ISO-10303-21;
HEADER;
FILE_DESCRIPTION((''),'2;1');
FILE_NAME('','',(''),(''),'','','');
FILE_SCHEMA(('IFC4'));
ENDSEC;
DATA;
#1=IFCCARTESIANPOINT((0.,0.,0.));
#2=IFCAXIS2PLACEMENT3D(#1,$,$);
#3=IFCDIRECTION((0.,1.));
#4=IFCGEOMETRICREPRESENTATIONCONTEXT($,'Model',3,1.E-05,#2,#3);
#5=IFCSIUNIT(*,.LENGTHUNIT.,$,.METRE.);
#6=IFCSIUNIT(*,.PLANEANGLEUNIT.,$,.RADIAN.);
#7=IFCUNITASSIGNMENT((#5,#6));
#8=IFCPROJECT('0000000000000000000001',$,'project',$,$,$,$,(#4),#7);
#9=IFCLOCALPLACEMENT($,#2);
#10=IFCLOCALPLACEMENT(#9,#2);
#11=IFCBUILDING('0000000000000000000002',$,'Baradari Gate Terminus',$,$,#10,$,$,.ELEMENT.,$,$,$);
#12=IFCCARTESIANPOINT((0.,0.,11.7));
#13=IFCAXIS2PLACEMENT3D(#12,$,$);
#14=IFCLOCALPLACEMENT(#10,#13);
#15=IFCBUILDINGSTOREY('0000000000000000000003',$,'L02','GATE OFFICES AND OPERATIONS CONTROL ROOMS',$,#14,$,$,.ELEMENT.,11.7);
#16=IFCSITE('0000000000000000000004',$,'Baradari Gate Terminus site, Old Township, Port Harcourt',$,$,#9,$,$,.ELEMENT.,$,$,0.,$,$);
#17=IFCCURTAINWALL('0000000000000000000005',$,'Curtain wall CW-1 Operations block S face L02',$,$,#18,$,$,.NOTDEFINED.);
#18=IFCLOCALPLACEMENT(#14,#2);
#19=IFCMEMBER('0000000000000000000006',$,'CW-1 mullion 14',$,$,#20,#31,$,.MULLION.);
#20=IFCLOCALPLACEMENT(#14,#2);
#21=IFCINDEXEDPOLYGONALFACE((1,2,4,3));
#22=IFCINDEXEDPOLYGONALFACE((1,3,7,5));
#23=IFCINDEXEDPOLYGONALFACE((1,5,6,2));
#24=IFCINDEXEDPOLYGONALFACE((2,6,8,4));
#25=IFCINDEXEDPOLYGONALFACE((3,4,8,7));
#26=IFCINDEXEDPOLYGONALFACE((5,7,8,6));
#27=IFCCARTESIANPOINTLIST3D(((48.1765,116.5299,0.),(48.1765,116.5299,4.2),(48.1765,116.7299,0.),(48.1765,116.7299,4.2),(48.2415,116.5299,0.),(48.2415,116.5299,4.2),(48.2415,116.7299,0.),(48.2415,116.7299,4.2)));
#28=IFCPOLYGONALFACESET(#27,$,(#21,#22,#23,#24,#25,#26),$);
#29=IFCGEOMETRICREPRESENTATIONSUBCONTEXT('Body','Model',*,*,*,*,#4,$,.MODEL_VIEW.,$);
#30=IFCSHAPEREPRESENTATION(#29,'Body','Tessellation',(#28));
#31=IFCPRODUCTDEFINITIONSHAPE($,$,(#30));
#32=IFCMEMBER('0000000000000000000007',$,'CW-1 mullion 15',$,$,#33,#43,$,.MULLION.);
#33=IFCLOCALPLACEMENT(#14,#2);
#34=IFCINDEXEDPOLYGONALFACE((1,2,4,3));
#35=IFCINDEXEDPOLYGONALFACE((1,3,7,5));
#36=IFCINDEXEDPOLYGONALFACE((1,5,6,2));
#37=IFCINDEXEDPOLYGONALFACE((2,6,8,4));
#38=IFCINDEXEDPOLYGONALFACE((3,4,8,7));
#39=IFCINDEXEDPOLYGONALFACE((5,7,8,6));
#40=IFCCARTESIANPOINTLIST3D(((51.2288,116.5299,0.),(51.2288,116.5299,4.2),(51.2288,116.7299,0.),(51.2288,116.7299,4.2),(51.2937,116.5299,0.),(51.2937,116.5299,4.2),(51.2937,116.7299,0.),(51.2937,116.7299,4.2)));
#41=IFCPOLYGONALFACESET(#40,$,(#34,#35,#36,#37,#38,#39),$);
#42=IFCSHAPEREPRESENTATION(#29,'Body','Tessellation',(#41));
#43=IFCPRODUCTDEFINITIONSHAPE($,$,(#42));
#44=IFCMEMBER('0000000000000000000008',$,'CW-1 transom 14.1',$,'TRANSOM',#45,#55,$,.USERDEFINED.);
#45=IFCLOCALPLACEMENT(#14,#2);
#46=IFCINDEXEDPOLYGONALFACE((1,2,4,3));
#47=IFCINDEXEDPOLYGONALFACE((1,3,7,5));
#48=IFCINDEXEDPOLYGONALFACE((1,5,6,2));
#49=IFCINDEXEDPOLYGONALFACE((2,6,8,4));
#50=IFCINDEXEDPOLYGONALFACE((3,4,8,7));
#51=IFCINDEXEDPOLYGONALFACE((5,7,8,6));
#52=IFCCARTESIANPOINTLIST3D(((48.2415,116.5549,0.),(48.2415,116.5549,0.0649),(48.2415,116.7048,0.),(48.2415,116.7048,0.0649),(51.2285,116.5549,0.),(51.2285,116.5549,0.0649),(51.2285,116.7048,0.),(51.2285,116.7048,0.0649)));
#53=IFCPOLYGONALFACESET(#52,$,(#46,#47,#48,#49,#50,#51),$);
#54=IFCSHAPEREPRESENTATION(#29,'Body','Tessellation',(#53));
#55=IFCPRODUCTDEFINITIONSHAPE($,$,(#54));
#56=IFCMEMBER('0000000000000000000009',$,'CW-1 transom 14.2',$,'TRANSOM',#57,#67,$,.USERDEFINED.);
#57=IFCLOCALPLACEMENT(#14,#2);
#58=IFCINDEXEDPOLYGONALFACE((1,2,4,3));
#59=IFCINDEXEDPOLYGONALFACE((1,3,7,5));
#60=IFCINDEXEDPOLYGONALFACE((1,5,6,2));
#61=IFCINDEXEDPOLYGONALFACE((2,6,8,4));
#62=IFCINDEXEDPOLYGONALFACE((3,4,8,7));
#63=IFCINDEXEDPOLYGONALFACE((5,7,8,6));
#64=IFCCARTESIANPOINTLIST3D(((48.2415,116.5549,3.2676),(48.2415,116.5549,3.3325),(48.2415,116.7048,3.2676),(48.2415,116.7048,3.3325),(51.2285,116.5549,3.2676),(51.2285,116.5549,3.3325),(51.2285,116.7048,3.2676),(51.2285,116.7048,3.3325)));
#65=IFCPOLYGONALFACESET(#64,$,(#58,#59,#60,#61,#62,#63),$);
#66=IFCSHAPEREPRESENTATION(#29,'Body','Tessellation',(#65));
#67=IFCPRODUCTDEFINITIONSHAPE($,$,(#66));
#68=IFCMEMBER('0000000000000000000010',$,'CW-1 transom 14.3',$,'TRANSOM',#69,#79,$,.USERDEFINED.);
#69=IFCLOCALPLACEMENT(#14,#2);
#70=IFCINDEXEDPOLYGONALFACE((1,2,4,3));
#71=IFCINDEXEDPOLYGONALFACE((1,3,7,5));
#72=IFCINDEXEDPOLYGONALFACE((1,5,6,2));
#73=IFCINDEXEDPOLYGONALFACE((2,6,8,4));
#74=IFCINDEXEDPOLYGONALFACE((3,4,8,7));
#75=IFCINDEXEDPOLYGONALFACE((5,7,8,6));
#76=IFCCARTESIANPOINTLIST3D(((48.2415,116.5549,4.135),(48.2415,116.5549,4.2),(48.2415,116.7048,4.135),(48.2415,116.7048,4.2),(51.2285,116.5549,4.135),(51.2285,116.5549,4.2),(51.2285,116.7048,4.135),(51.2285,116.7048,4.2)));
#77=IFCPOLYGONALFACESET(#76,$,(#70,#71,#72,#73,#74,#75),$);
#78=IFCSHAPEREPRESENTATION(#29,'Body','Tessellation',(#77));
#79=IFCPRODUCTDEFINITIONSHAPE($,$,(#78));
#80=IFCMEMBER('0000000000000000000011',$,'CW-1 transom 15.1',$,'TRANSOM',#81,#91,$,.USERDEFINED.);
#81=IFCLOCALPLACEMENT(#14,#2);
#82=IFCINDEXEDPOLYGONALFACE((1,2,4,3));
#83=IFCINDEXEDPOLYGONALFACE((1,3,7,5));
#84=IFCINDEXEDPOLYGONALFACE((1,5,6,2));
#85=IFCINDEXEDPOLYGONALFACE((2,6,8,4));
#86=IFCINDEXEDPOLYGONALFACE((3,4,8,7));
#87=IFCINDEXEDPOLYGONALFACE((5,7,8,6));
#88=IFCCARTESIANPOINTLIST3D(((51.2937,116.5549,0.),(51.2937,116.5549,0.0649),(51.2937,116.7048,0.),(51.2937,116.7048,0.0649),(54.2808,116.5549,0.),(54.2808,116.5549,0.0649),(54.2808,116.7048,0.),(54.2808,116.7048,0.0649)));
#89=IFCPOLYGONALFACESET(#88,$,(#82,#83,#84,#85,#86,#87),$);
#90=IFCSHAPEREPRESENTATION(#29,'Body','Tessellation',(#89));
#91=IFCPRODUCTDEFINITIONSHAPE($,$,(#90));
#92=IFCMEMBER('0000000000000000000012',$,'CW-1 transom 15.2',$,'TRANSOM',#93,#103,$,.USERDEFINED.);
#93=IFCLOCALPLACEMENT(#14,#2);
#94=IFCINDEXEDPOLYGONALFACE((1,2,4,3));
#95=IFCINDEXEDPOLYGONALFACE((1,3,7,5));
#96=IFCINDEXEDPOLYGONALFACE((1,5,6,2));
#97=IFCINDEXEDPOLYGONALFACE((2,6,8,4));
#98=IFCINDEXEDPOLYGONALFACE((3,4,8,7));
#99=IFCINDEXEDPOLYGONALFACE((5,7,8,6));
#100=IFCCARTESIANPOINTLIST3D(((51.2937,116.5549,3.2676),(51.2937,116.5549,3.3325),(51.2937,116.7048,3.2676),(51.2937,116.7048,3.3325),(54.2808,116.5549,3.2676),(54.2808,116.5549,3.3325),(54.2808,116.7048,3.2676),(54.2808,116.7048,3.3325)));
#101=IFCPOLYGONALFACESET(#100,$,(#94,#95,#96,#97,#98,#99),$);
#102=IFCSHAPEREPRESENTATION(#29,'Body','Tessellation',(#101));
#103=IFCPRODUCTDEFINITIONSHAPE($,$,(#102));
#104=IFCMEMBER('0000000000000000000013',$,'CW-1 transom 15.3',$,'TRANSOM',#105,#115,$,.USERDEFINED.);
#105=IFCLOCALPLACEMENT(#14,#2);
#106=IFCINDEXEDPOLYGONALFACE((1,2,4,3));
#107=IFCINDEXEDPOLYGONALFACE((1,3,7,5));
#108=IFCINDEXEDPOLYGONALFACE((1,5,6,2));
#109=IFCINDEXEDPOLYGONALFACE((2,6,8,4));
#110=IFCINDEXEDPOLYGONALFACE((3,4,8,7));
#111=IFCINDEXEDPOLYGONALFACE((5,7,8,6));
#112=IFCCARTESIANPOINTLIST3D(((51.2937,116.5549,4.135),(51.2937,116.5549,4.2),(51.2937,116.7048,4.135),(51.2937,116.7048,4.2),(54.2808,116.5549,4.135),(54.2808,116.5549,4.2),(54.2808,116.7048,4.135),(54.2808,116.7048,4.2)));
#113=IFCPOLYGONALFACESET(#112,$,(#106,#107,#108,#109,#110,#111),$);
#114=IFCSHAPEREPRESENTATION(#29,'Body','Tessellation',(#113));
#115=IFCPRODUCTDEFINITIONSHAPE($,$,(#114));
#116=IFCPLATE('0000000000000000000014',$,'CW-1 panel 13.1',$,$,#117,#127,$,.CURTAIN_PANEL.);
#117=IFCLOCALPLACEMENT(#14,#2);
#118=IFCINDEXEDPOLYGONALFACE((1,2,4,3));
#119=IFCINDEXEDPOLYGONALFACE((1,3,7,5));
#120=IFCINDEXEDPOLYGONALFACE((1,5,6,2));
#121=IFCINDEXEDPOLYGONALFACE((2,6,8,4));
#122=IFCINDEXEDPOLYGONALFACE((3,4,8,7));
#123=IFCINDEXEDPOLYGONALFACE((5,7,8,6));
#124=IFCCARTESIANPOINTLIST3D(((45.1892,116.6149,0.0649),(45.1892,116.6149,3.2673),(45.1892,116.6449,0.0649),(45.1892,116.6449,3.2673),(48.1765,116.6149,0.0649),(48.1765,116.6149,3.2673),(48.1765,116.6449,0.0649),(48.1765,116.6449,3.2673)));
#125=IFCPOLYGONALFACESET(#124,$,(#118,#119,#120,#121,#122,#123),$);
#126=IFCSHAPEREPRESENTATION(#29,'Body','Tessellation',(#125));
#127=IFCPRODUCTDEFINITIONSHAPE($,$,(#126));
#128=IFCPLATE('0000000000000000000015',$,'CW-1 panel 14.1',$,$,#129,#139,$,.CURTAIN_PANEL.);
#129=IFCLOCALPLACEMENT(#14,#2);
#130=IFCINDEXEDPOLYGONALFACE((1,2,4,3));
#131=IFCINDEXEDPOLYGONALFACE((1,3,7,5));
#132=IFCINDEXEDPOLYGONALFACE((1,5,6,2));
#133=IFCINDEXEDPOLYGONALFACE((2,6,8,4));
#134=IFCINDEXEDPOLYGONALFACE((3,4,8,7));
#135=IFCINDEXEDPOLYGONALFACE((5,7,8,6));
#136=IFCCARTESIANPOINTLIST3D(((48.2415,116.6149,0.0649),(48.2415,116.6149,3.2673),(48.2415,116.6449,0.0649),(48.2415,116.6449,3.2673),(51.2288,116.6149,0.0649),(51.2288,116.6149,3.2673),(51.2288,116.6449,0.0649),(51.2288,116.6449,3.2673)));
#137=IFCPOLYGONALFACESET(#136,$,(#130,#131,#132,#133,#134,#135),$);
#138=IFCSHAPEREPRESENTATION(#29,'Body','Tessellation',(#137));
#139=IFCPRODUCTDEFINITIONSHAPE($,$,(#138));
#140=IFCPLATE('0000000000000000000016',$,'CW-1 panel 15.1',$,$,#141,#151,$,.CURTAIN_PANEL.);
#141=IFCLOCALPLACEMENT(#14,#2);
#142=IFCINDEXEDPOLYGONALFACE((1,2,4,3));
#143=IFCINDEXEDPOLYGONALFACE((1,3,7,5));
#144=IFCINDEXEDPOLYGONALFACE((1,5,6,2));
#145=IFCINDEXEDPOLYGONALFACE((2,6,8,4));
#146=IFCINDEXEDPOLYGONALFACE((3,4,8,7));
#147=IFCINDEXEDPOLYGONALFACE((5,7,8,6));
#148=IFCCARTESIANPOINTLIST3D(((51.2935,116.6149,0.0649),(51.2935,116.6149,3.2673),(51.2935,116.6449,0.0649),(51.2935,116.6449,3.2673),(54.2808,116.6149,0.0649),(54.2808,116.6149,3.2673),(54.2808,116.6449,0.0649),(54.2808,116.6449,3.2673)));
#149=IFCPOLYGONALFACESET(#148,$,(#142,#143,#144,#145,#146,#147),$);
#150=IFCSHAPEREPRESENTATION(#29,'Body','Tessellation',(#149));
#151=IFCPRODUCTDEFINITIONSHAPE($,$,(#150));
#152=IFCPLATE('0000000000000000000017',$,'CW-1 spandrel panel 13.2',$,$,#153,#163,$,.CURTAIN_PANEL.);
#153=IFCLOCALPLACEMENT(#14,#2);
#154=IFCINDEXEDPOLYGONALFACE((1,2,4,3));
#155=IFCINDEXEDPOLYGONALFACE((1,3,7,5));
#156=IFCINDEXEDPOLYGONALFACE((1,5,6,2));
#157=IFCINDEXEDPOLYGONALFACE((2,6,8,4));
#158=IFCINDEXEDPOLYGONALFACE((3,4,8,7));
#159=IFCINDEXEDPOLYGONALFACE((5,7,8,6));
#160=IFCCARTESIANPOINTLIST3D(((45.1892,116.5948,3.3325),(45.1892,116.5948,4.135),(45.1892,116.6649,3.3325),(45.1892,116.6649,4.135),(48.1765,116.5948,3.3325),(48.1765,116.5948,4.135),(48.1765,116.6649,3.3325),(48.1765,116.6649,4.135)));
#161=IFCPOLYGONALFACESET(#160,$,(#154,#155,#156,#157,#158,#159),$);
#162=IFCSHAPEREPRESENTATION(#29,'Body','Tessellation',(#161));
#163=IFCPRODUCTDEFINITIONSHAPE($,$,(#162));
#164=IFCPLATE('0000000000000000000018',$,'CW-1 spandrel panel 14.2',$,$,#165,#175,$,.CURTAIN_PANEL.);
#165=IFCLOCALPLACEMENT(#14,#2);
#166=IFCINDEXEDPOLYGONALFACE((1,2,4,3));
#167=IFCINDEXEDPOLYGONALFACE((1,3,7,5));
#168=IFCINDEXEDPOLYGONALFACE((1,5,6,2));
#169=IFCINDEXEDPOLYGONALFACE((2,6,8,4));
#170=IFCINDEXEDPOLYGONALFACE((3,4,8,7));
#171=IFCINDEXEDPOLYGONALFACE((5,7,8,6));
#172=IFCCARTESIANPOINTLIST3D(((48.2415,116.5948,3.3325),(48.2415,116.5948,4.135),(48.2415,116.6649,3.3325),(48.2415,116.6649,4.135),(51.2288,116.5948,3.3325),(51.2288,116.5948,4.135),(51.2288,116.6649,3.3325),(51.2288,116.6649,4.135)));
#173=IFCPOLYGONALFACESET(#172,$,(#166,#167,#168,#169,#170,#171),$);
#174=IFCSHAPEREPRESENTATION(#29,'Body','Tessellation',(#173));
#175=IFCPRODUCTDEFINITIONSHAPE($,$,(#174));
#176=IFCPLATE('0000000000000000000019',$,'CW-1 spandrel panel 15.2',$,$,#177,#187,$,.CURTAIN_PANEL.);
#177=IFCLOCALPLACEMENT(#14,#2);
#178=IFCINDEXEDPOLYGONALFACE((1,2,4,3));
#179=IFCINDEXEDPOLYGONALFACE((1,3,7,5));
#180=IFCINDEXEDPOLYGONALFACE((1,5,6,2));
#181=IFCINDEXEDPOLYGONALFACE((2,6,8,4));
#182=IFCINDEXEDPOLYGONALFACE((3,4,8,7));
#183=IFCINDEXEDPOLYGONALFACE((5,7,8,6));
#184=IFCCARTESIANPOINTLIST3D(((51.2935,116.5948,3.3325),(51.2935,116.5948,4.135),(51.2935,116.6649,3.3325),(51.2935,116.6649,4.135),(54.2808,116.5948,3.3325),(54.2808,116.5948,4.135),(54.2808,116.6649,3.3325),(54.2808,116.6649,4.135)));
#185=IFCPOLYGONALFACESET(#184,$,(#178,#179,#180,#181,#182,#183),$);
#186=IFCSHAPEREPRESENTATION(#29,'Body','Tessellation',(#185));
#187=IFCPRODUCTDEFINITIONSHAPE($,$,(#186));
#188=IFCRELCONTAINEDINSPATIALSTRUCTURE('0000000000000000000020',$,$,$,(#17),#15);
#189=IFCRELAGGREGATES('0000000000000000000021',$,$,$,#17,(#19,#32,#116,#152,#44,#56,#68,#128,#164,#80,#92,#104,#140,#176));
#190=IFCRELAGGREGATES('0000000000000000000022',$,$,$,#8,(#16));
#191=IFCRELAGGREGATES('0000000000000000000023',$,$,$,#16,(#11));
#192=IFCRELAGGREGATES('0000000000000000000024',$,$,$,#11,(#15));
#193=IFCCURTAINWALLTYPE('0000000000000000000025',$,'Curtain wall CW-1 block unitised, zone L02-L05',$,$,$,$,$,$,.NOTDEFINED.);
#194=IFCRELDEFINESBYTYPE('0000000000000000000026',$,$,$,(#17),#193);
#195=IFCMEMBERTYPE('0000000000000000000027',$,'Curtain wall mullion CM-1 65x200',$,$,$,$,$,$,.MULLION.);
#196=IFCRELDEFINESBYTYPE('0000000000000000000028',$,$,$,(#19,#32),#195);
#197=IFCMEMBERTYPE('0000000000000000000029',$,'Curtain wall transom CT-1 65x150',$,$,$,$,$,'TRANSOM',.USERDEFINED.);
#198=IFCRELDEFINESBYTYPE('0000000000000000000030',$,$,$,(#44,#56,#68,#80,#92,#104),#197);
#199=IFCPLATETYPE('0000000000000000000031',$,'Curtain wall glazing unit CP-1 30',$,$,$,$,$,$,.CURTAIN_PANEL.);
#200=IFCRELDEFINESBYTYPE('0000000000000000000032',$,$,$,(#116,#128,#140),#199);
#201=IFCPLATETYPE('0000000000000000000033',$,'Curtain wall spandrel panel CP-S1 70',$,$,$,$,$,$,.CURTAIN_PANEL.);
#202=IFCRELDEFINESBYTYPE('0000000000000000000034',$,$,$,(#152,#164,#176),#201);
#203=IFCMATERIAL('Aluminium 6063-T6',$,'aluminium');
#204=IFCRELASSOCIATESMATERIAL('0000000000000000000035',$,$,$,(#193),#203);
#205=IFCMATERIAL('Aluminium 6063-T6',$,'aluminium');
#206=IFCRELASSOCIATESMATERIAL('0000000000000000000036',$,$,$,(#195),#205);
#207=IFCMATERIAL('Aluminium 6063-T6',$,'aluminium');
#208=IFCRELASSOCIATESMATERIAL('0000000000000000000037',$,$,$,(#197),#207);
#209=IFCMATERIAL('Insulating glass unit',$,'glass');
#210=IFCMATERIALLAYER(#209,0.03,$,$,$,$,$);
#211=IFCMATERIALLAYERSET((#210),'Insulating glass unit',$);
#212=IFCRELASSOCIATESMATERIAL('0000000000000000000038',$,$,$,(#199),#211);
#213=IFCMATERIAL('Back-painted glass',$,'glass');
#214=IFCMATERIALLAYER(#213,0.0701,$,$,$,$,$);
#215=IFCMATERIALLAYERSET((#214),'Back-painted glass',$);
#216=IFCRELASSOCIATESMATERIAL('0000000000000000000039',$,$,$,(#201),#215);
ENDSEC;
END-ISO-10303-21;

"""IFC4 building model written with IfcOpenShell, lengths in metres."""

from ifc_helpers import new_model, si_unit, direction, frame, origin, origin_2d, place, context, subcontext, project, spatial, rectangle, extrude, material, layer, layer_set, material_profile, profile_set, type_object, element, aggregate, save


model = new_model("IFC4")

# Units and contexts
model_context = context("Model", 3, precision=1e-05, world=origin(), true_north=direction((0.0, 1.0)))
body_context = subcontext(model_context, "Body", "Model", "MODEL_VIEW")
ifc_project = project(units=[si_unit("LENGTHUNIT", "METRE"), si_unit("PLANEANGLEUNIT", "RADIAN")], contexts=[model_context])

# Site, building, storey
site_placement = place(None, origin())
site = spatial("IfcSite", under=ifc_project, at=site_placement, Name="Baradari Gate Terminus site, Old Township, Port Harcourt", CompositionType="ELEMENT", RefElevation=0.0)
building_placement = place(site_placement, origin())
building = spatial("IfcBuilding", under=site, at=building_placement, Name="Baradari Gate Terminus", CompositionType="ELEMENT")
storey_placement = place(building_placement, frame((0.0, 0.0, 11.7)))
storey = spatial("IfcBuildingStorey", under=building, at=storey_placement, Name="L02", Description="GATE OFFICES AND OPERATIONS CONTROL ROOMS", CompositionType="ELEMENT", Elevation=11.7)

# Curtain wall, members, plates
ifc_material_1 = material(Name="Aluminium 6063-T6", Category="aluminium")
curtain_wall_type = type_object("IfcCurtainWallType", Name="Curtain wall CW-1 block unitised, zone L02-L05", PredefinedType="NOTDEFINED", material=ifc_material_1)
curtain_wall_placement = place(storey_placement, origin())
curtain_wall = element("IfcCurtainWall", 1, at=curtain_wall_placement, inside=storey, type_object=curtain_wall_type, Name="Curtain wall CW-1 Operations block S face L02", PredefinedType="NOTDEFINED")
ifc_material_2 = material(Name="Aluminium 6063-T6", Category="aluminium")
ifc_material_profile_1 = material_profile(ifc_material_2, rectangle(XDim=0.2, YDim=0.0649, at=origin_2d()), Name="CM-1 65X200")
ifc_profile_set_1 = profile_set([ifc_material_profile_1], Name="Aluminium 6063-T6")
member_type_1 = type_object("IfcMemberType", Name="Curtain wall mullion CM-1 65x200", PredefinedType="MULLION", material=ifc_profile_set_1)
member_1_placement = place(storey_placement, frame((48.209, 116.6299, 0.0), z_axis=(0.0, 0.0, 1.0), x_axis=(0.0, 1.0, 0.0)))
member_1 = element("IfcMember", 2, at=member_1_placement, type_object=member_type_1, Name="CW-1 mullion 14", PredefinedType="MULLION", context=body_context, shape_type="SweptSolid", body=[
    extrude(rectangle(XDim=0.2, YDim=0.0649, at=origin_2d()), origin(), (0.0, 0.0, 1.0), 4.2),
])
member_2_placement = place(storey_placement, frame((51.2612, 116.6299, 0.0), z_axis=(0.0, 0.0, 1.0), x_axis=(0.0, 1.0, 0.0)))
member_2 = element("IfcMember", 3, at=member_2_placement, type_object=member_type_1, Name="CW-1 mullion 15", PredefinedType="MULLION", context=body_context, shape_type="SweptSolid", body=[
    extrude(rectangle(XDim=0.2, YDim=0.0649, at=origin_2d()), origin(), (0.0, 0.0, 1.0), 4.2),
])
ifc_material_3 = material(Name="Aluminium 6063-T6", Category="aluminium")
ifc_material_profile_2 = material_profile(ifc_material_3, rectangle(XDim=0.1499, YDim=0.0649, at=origin_2d()), Name="CT-1 65X150")
ifc_profile_set_2 = profile_set([ifc_material_profile_2], Name="Aluminium 6063-T6")
member_type_2 = type_object("IfcMemberType", Name="Curtain wall transom CT-1 65x150", ElementType="TRANSOM", PredefinedType="USERDEFINED", material=ifc_profile_set_2)
member_3_placement = place(storey_placement, frame((48.2415, 116.6299, 0.0325), z_axis=(1.0, 0.0, 0.0), x_axis=(0.0, 1.0, 0.0)))
member_3 = element("IfcMember", 4, at=member_3_placement, type_object=member_type_2, Name="CW-1 transom 14.1", ObjectType="TRANSOM", PredefinedType="USERDEFINED", context=body_context, shape_type="SweptSolid", body=[
    extrude(rectangle(XDim=0.1499, YDim=0.0649, at=origin_2d()), origin(), (0.0, 0.0, 1.0), 2.9871),
])
member_4_placement = place(storey_placement, frame((48.2415, 116.6299, 3.3), z_axis=(1.0, 0.0, 0.0), x_axis=(0.0, 1.0, 0.0)))
member_4 = element("IfcMember", 5, at=member_4_placement, type_object=member_type_2, Name="CW-1 transom 14.2", ObjectType="TRANSOM", PredefinedType="USERDEFINED", context=body_context, shape_type="SweptSolid", body=[
    extrude(rectangle(XDim=0.1499, YDim=0.0649, at=origin_2d()), origin(), (0.0, 0.0, 1.0), 2.9871),
])
member_5_placement = place(storey_placement, frame((48.2415, 116.6299, 4.1675), z_axis=(1.0, 0.0, 0.0), x_axis=(0.0, 1.0, 0.0)))
member_5 = element("IfcMember", 6, at=member_5_placement, type_object=member_type_2, Name="CW-1 transom 14.3", ObjectType="TRANSOM", PredefinedType="USERDEFINED", context=body_context, shape_type="SweptSolid", body=[
    extrude(rectangle(XDim=0.1499, YDim=0.0649, at=origin_2d()), origin(), (0.0, 0.0, 1.0), 2.9871),
])
member_6_placement = place(storey_placement, frame((51.2937, 116.6299, 0.0325), z_axis=(1.0, 0.0, 0.0), x_axis=(0.0, 1.0, 0.0)))
member_6 = element("IfcMember", 7, at=member_6_placement, type_object=member_type_2, Name="CW-1 transom 15.1", ObjectType="TRANSOM", PredefinedType="USERDEFINED", context=body_context, shape_type="SweptSolid", body=[
    extrude(rectangle(XDim=0.1499, YDim=0.0649, at=origin_2d()), origin(), (0.0, 0.0, 1.0), 2.9871),
])
member_7_placement = place(storey_placement, frame((51.2937, 116.6299, 3.3), z_axis=(1.0, 0.0, 0.0), x_axis=(0.0, 1.0, 0.0)))
member_7 = element("IfcMember", 8, at=member_7_placement, type_object=member_type_2, Name="CW-1 transom 15.2", ObjectType="TRANSOM", PredefinedType="USERDEFINED", context=body_context, shape_type="SweptSolid", body=[
    extrude(rectangle(XDim=0.1499, YDim=0.0649, at=origin_2d()), origin(), (0.0, 0.0, 1.0), 2.9871),
])
member_8_placement = place(storey_placement, frame((51.2937, 116.6299, 4.1675), z_axis=(1.0, 0.0, 0.0), x_axis=(0.0, 1.0, 0.0)))
member_8 = element("IfcMember", 9, at=member_8_placement, type_object=member_type_2, Name="CW-1 transom 15.3", ObjectType="TRANSOM", PredefinedType="USERDEFINED", context=body_context, shape_type="SweptSolid", body=[
    extrude(rectangle(XDim=0.1499, YDim=0.0649, at=origin_2d()), origin(), (0.0, 0.0, 1.0), 2.9871),
])
ifc_material_4 = material(Name="Insulating glass unit", Category="glass")
ifc_layer_1 = layer(ifc_material_4, 0.03)
ifc_layer_set_1 = layer_set([ifc_layer_1], Name="Insulating glass unit")
plate_type_1 = type_object("IfcPlateType", Name="Curtain wall glazing unit CP-1 30", PredefinedType="CURTAIN_PANEL", material=ifc_layer_set_1)
plate_1_placement = place(storey_placement, frame((46.6829, 116.6299, 0.0649), z_axis=(0.0, 0.0, 1.0), x_axis=(1.0, 0.0, 0.0)))
plate_1 = element("IfcPlate", 10, at=plate_1_placement, type_object=plate_type_1, Name="CW-1 panel 13.1", PredefinedType="CURTAIN_PANEL", context=body_context, shape_type="SweptSolid", body=[
    extrude(rectangle(XDim=2.9873, YDim=0.03, at=origin_2d()), origin(), (0.0, 0.0, 1.0), 3.2024),
])
plate_2_placement = place(storey_placement, frame((49.7351, 116.6299, 0.0649), z_axis=(0.0, 0.0, 1.0), x_axis=(1.0, 0.0, 0.0)))
plate_2 = element("IfcPlate", 11, at=plate_2_placement, type_object=plate_type_1, Name="CW-1 panel 14.1", PredefinedType="CURTAIN_PANEL", context=body_context, shape_type="SweptSolid", body=[
    extrude(rectangle(XDim=2.9873, YDim=0.03, at=origin_2d()), origin(), (0.0, 0.0, 1.0), 3.2024),
])
plate_3_placement = place(storey_placement, frame((52.7871, 116.6299, 0.0649), z_axis=(0.0, 0.0, 1.0), x_axis=(1.0, 0.0, 0.0)))
plate_3 = element("IfcPlate", 12, at=plate_3_placement, type_object=plate_type_1, Name="CW-1 panel 15.1", PredefinedType="CURTAIN_PANEL", context=body_context, shape_type="SweptSolid", body=[
    extrude(rectangle(XDim=2.9873, YDim=0.03, at=origin_2d()), origin(), (0.0, 0.0, 1.0), 3.2024),
])
ifc_material_5 = material(Name="Back-painted glass", Category="glass")
ifc_layer_2 = layer(ifc_material_5, 0.0701)
ifc_layer_set_2 = layer_set([ifc_layer_2], Name="Back-painted glass")
plate_type_2 = type_object("IfcPlateType", Name="Curtain wall spandrel panel CP-S1 70", PredefinedType="CURTAIN_PANEL", material=ifc_layer_set_2)
plate_4_placement = place(storey_placement, frame((46.6829, 116.6299, 3.3325), z_axis=(0.0, 0.0, 1.0), x_axis=(1.0, 0.0, 0.0)))
plate_4 = element("IfcPlate", 13, at=plate_4_placement, type_object=plate_type_2, Name="CW-1 spandrel panel 13.2", PredefinedType="CURTAIN_PANEL", context=body_context, shape_type="SweptSolid", body=[
    extrude(rectangle(XDim=2.9873, YDim=0.0701, at=origin_2d()), origin(), (0.0, 0.0, 1.0), 0.8025),
])
plate_5_placement = place(storey_placement, frame((49.7351, 116.6299, 3.3325), z_axis=(0.0, 0.0, 1.0), x_axis=(1.0, 0.0, 0.0)))
plate_5 = element("IfcPlate", 14, at=plate_5_placement, type_object=plate_type_2, Name="CW-1 spandrel panel 14.2", PredefinedType="CURTAIN_PANEL", context=body_context, shape_type="SweptSolid", body=[
    extrude(rectangle(XDim=2.9873, YDim=0.0701, at=origin_2d()), origin(), (0.0, 0.0, 1.0), 0.8025),
])
plate_6_placement = place(storey_placement, frame((52.7871, 116.6299, 3.3325), z_axis=(0.0, 0.0, 1.0), x_axis=(1.0, 0.0, 0.0)))
plate_6 = element("IfcPlate", 15, at=plate_6_placement, type_object=plate_type_2, Name="CW-1 spandrel panel 15.2", PredefinedType="CURTAIN_PANEL", context=body_context, shape_type="SweptSolid", body=[
    extrude(rectangle(XDim=2.9873, YDim=0.0701, at=origin_2d()), origin(), (0.0, 0.0, 1.0), 0.8025),
])
aggregate(curtain_wall, [member_1, member_2, plate_1, plate_4, member_3, member_4, member_5, plate_2, plate_5, member_6, member_7, member_8, plate_3, plate_6])

save(model, "model.ifc")
